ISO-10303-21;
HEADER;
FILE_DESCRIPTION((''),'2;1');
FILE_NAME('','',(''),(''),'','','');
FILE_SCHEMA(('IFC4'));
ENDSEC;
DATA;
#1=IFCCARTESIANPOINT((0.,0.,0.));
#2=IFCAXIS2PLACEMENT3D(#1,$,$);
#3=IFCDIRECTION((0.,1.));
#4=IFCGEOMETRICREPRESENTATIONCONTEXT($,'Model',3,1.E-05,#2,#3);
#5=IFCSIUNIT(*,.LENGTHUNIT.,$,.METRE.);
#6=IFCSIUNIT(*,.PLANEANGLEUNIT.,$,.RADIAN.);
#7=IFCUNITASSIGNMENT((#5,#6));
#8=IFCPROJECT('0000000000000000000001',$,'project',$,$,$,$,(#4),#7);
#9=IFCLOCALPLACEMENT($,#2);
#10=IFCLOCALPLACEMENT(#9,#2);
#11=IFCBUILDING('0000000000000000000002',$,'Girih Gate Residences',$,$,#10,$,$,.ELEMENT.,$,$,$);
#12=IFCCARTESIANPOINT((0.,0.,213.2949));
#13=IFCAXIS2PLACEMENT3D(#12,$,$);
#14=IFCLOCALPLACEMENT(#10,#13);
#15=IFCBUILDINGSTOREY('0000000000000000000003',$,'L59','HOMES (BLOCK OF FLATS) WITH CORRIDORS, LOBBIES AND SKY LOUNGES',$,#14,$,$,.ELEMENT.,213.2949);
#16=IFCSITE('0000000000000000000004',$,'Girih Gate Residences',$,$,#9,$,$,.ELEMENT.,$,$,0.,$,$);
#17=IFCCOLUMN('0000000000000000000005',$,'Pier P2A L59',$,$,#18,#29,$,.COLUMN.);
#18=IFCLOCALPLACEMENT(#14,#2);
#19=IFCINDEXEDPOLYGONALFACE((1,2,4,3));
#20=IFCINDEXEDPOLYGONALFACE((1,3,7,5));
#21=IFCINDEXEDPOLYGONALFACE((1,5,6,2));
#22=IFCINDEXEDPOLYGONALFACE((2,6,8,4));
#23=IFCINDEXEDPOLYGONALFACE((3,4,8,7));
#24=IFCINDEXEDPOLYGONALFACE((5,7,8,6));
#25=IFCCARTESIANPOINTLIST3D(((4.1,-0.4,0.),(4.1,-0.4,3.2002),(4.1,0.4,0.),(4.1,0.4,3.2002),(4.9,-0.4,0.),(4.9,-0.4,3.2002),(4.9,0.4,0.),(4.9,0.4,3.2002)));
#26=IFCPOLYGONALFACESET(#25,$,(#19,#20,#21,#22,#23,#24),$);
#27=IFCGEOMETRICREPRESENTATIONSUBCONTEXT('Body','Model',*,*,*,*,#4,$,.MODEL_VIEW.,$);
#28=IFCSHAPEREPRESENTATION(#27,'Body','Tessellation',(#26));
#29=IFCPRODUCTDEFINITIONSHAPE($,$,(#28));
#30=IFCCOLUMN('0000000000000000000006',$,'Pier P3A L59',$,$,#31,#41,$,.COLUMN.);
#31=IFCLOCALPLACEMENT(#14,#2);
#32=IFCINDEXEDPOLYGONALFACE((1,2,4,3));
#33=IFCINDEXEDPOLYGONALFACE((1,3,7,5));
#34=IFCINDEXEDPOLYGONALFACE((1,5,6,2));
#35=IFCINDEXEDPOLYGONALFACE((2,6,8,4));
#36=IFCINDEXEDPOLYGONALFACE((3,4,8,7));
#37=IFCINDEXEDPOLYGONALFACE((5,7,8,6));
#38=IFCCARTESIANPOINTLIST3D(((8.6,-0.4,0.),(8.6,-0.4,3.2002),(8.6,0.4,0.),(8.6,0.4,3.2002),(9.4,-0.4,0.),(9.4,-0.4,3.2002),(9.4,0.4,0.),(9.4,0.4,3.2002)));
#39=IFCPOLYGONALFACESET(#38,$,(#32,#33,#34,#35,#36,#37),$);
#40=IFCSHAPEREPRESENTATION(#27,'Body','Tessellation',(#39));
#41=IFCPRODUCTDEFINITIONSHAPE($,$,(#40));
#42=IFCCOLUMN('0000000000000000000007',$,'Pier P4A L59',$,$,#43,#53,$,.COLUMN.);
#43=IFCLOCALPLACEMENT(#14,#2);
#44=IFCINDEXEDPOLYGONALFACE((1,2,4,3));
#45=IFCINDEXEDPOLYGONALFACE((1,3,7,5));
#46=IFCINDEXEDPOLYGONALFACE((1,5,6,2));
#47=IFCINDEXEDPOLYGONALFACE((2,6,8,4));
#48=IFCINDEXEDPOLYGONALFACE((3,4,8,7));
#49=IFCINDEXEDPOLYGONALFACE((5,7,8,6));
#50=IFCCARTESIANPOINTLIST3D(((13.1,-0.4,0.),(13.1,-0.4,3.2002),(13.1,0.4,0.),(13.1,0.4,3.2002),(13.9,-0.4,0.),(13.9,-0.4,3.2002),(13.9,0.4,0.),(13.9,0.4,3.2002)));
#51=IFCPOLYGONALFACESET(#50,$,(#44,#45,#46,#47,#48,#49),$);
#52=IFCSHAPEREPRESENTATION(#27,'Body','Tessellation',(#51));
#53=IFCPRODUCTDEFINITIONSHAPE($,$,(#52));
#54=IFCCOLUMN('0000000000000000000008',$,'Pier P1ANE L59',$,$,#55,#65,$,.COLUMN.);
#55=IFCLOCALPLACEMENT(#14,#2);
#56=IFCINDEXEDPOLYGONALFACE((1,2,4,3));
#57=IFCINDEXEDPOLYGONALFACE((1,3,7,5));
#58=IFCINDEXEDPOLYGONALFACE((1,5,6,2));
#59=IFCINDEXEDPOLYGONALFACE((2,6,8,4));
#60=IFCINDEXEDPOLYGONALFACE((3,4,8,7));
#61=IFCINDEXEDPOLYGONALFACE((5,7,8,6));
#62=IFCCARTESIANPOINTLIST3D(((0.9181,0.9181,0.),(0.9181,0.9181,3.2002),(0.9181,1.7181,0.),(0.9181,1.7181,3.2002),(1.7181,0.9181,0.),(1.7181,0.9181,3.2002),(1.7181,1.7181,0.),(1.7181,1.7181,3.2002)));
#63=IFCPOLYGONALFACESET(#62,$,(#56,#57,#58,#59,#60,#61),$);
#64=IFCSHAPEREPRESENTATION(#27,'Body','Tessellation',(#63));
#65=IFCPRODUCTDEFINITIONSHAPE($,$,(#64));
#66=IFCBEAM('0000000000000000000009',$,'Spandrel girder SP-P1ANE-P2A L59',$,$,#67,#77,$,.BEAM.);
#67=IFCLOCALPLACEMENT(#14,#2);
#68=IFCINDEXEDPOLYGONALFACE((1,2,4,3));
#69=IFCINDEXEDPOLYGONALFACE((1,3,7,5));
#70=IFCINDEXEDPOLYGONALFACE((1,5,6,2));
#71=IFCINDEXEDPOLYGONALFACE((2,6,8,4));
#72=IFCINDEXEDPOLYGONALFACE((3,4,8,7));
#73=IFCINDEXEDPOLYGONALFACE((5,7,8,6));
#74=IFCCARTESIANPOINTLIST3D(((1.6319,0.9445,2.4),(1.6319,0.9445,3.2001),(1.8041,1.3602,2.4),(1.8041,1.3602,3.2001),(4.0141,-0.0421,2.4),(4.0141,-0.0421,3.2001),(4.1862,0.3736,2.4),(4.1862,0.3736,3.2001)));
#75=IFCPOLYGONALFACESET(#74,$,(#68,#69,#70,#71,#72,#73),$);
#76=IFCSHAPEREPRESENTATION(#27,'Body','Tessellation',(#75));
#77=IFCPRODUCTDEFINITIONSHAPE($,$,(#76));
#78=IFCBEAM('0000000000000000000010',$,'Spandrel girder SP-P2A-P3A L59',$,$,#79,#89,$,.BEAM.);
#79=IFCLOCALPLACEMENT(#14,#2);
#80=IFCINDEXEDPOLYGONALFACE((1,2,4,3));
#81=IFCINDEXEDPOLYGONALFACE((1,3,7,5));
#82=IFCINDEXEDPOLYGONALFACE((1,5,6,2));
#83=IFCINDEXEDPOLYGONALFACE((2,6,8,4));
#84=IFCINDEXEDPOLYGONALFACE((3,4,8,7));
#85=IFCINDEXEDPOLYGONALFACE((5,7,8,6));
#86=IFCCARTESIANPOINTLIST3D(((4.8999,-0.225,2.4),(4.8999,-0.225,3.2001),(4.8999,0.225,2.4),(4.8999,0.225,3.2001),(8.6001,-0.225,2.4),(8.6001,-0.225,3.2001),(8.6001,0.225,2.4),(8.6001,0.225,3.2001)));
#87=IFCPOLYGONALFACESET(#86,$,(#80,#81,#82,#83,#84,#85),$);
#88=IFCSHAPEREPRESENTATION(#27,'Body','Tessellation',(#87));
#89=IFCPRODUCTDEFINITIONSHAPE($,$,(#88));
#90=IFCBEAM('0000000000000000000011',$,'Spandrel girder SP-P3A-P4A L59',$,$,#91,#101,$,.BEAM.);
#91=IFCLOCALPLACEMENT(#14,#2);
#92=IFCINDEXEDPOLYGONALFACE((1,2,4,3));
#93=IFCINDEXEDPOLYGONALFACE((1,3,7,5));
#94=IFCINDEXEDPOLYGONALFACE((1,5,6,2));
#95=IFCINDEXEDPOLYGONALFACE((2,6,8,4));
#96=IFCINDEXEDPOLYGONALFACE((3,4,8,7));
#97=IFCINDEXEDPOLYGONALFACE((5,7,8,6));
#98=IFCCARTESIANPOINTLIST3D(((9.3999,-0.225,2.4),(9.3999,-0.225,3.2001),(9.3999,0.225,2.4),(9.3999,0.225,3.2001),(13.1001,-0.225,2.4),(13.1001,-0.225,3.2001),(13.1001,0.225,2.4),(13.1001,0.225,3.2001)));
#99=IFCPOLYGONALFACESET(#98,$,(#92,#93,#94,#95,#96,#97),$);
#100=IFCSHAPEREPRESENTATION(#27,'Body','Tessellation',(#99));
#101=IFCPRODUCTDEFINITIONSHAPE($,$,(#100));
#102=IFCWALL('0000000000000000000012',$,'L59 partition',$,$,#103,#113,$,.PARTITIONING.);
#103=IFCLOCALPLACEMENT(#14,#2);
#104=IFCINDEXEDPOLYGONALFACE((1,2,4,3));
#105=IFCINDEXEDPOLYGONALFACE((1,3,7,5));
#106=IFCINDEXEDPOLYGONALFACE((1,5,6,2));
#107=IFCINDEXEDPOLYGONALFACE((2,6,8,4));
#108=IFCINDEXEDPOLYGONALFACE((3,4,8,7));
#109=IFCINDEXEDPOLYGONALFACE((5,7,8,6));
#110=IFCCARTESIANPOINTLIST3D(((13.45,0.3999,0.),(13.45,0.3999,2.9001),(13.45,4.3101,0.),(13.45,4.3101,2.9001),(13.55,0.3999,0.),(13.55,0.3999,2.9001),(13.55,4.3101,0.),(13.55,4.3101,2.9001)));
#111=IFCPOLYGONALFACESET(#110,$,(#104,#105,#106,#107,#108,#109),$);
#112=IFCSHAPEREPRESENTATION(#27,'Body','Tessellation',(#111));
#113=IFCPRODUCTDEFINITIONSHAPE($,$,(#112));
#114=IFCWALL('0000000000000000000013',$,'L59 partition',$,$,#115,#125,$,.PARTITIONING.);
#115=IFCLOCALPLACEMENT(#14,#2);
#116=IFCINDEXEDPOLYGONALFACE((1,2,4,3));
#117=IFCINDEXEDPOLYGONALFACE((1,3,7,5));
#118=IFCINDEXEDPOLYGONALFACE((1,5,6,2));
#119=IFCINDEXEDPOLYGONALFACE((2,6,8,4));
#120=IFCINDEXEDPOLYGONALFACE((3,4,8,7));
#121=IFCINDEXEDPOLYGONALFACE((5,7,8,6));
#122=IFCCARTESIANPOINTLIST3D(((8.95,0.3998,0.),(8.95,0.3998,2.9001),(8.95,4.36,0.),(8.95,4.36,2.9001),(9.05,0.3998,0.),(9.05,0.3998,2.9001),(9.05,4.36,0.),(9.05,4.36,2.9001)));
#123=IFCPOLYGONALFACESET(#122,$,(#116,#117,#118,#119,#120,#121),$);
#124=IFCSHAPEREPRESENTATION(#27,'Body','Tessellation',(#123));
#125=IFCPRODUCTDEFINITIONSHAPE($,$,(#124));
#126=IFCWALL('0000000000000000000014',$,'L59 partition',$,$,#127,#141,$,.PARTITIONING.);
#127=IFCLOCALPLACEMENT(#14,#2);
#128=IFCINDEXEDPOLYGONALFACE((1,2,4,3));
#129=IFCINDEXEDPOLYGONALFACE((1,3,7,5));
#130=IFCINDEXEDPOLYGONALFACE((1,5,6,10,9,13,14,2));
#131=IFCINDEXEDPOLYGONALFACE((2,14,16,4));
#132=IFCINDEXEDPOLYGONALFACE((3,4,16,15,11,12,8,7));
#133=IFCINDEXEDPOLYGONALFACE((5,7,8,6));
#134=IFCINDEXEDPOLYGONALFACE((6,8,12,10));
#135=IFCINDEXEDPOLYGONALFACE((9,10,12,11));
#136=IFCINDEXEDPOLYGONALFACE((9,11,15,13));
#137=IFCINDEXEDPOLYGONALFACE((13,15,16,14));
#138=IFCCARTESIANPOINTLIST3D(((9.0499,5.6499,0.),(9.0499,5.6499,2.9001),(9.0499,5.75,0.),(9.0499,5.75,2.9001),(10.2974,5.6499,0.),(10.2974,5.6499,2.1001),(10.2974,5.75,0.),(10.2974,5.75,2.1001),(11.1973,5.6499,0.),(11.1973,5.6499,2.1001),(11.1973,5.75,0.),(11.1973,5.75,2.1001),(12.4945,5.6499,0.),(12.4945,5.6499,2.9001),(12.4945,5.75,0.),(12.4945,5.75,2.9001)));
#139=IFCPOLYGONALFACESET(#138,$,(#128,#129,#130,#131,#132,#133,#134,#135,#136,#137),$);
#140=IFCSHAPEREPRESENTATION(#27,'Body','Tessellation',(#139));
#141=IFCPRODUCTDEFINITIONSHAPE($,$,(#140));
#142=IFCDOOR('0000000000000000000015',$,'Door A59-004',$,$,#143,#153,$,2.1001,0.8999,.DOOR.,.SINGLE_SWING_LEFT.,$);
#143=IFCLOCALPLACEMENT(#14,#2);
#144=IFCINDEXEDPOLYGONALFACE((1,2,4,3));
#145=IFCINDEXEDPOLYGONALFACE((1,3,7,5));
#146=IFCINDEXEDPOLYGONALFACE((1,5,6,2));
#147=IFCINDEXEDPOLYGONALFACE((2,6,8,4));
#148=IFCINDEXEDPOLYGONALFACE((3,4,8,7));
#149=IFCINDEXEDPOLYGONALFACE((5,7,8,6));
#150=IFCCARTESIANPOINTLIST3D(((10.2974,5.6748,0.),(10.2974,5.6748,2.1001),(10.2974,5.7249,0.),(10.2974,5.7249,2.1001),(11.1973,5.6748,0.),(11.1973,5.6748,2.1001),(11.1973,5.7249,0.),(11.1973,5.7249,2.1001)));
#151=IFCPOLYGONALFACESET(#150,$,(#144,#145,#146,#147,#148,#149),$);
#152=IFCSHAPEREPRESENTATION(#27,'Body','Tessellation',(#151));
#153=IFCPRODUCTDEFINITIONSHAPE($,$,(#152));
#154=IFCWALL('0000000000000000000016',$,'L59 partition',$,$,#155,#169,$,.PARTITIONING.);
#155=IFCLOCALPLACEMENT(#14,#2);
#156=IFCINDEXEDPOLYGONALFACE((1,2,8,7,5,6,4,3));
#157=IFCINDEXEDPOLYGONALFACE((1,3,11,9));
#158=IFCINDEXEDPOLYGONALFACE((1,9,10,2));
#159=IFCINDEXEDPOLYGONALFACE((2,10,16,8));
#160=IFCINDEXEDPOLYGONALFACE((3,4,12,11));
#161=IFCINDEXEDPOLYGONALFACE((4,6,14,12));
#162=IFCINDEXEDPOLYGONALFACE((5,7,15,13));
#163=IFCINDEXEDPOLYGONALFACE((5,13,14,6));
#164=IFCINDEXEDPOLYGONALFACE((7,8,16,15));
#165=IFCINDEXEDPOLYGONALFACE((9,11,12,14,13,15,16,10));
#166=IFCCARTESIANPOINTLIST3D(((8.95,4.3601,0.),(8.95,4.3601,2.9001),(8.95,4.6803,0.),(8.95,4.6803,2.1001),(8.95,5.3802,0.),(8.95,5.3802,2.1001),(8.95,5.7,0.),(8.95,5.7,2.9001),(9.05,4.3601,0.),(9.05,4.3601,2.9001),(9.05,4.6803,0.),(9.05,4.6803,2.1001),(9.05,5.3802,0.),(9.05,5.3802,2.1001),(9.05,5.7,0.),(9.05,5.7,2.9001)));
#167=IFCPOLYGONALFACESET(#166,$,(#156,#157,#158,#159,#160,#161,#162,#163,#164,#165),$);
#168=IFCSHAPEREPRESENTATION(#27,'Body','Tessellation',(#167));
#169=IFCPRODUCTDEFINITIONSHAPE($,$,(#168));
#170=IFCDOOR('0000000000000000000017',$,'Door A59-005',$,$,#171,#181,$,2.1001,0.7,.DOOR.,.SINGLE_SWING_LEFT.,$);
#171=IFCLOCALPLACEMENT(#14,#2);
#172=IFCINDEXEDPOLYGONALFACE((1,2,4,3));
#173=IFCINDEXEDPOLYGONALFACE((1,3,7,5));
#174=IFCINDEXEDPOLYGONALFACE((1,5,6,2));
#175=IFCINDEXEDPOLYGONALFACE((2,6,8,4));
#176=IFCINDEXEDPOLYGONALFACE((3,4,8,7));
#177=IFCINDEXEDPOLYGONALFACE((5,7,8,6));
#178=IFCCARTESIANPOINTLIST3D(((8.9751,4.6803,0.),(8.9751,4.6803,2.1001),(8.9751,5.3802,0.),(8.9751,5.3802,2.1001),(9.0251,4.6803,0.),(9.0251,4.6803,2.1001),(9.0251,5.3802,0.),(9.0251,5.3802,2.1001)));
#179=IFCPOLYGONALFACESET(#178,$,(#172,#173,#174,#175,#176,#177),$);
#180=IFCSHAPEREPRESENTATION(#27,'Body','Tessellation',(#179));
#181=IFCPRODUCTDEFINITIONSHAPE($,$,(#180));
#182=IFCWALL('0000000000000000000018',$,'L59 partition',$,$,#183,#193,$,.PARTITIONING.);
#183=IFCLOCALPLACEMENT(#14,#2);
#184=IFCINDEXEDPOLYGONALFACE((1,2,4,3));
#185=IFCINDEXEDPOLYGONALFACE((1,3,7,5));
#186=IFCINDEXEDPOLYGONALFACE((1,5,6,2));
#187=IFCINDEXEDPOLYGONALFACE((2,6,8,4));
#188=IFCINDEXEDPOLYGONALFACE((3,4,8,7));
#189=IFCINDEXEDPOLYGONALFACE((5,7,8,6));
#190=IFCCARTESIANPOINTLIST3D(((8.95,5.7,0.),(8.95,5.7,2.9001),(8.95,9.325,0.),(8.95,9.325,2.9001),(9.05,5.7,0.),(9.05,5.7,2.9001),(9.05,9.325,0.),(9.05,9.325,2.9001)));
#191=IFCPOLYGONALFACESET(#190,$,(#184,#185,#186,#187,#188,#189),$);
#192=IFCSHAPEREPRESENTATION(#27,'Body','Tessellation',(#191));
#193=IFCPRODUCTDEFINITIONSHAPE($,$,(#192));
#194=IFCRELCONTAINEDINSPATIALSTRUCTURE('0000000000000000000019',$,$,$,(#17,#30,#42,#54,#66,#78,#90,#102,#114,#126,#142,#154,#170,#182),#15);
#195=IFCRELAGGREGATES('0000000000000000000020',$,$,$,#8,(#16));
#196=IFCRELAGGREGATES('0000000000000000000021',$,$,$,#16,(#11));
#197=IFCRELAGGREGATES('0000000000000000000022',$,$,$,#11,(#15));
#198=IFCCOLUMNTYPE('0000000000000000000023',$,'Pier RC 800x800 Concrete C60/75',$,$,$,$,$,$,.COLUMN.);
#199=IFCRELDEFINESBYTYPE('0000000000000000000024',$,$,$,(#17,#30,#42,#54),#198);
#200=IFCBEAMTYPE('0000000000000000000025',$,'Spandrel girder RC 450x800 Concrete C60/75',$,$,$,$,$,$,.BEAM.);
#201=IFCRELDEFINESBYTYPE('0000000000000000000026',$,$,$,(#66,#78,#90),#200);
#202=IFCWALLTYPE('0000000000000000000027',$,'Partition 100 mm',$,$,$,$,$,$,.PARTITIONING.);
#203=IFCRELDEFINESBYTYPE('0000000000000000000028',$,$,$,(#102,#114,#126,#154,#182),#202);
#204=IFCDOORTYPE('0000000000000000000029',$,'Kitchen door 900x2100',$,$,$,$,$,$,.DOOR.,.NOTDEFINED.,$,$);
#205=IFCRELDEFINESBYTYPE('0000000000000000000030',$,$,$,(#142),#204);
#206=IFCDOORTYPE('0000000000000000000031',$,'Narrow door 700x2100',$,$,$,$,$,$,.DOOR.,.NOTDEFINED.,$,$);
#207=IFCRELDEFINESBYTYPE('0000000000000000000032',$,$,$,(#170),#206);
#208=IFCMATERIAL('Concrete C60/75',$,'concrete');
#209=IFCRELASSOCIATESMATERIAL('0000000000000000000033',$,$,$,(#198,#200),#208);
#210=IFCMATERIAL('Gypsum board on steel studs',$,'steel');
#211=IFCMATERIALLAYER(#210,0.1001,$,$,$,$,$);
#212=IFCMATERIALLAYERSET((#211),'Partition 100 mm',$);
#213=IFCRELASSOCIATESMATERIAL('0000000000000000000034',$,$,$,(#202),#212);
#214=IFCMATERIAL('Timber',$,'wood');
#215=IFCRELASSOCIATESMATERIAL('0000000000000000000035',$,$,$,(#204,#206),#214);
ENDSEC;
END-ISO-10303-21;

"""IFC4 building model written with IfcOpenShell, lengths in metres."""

from ifc_helpers import new_model, si_unit, direction, frame, frame_2d, origin, origin_2d, place, context, subcontext, project, spatial, rectangle, extrude, material, layer, layer_set, material_profile, profile_set, type_object, element, fill, save


model = new_model("IFC4")

# Units and contexts
model_context = context("Model", 3, precision=1e-05, world=origin(), true_north=direction((0.0, 1.0)))
body_context = subcontext(model_context, "Body", "Model", "MODEL_VIEW")
ifc_project = project(units=[si_unit("LENGTHUNIT", "METRE"), si_unit("PLANEANGLEUNIT", "RADIAN")], contexts=[model_context])

# Site, building, storey
site_placement = place(None, origin())
site = spatial("IfcSite", under=ifc_project, at=site_placement, Name="Girih Gate Residences", CompositionType="ELEMENT", RefElevation=0.0)
building_placement = place(site_placement, origin())
building = spatial("IfcBuilding", under=site, at=building_placement, Name="Girih Gate Residences", CompositionType="ELEMENT")
storey_placement = place(building_placement, frame((0.0, 0.0, 213.2949)))
storey = spatial("IfcBuildingStorey", under=building, at=storey_placement, Name="L59", Description="HOMES (BLOCK OF FLATS) WITH CORRIDORS, LOBBIES AND SKY LOUNGES", CompositionType="ELEMENT", Elevation=213.2949)

# Columns
ifc_material_1 = material(Name="Concrete C60/75", Category="concrete")
ifc_material_profile_1 = material_profile(ifc_material_1, rectangle(XDim=0.8, YDim=0.8, at=origin_2d()))
ifc_profile_set_1 = profile_set([ifc_material_profile_1], Name="Concrete C60/75")
column_type = type_object("IfcColumnType", Name="Pier RC 800x800 Concrete C60/75", PredefinedType="COLUMN", material=ifc_profile_set_1)
for number, where, z_axis, x_axis, name in (
    (1, (4.5, 0.0, 0.0), (0.0, 0.0, 1.0), (1.0, 0.0, 0.0), "Pier P2A L59"),
    (2, (9.0, 0.0, 0.0), (0.0, 0.0, 1.0), (1.0, 0.0, 0.0), "Pier P3A L59"),
    (3, (13.5, 0.0, 0.0), (0.0, 0.0, 1.0), (1.0, 0.0, 0.0), "Pier P4A L59"),
    (4, (1.3181, 1.3181, 0.0), (0.0, 0.0, 1.0), (1.0, 0.0, 0.0), "Pier P1ANE L59"),
):
    element("IfcColumn", number, at=place(storey_placement, frame(where, z_axis=z_axis, x_axis=x_axis)), inside=storey, type_object=column_type, Name=name, PredefinedType="COLUMN", context=body_context, shape_type="SweptSolid", body=[
        extrude(rectangle(XDim=0.8, YDim=0.8, at=origin_2d()), origin(), (0.0, 0.0, 1.0), 3.2002),
    ])

# Beams
ifc_material_profile_2 = material_profile(ifc_material_1, rectangle(XDim=0.45, YDim=0.8, at=origin_2d()))
ifc_profile_set_2 = profile_set([ifc_material_profile_2], Name="Concrete C60/75")
beam_type = type_object("IfcBeamType", Name="Spandrel girder RC 450x800 Concrete C60/75", PredefinedType="BEAM", material=ifc_profile_set_2)
beam_placement = place(storey_placement, frame((1.718, 1.1523, 2.8), z_axis=(0.923896, -0.382644, 0.0), x_axis=(0.382644, 0.923896, 0.0)))
element("IfcBeam", 5, at=beam_placement, inside=storey, type_object=beam_type, Name="Spandrel girder SP-P1ANE-P2A L59", PredefinedType="BEAM", context=body_context, shape_type="SweptSolid", body=[
    extrude(rectangle(XDim=0.45, YDim=0.8, at=origin_2d()), origin(), (0.0, 0.0, 1.0), 2.5784),
])
for number, where, z_axis, x_axis, name in (
    (6, (4.8999, 0.0, 2.8), (1.0, 0.0, 0.0), (0.0, 1.0, 0.0), "Spandrel girder SP-P2A-P3A L59"),
    (7, (9.3999, 0.0, 2.8), (1.0, 0.0, 0.0), (0.0, 1.0, 0.0), "Spandrel girder SP-P3A-P4A L59"),
):
    element("IfcBeam", number, at=place(storey_placement, frame(where, z_axis=z_axis, x_axis=x_axis)), inside=storey, type_object=beam_type, Name=name, PredefinedType="BEAM", context=body_context, shape_type="SweptSolid", body=[
        extrude(rectangle(XDim=0.45, YDim=0.8, at=origin_2d()), origin(), (0.0, 0.0, 1.0), 3.7002),
    ])

# Walls
ifc_material_2 = material(Name="Gypsum board on steel studs", Category="steel")
ifc_layer_1 = layer(ifc_material_2, 0.1001)
ifc_layer_set_1 = layer_set([ifc_layer_1], Name="Partition 100 mm")
wall_type_1 = type_object("IfcWallType", Name="Partition 100 mm", PredefinedType="PARTITIONING", material=ifc_layer_set_1)
wall_1_placement = place(storey_placement, frame((13.5, 0.3999, 0.0), z_axis=(0.0, 0.0, 1.0), x_axis=(0.0, 1.0, 0.0)))
element("IfcWall", 8, at=wall_1_placement, inside=storey, type_object=wall_type_1, Name="L59 partition", PredefinedType="PARTITIONING", context=body_context, shape_type="SweptSolid", body=[
    extrude(rectangle(XDim=3.9102, YDim=0.1001, at=frame_2d((1.9551, 0.0))), origin(), (0.0, 0.0, 1.0), 2.9001),
])
wall_2_placement = place(storey_placement, frame((9.0, 0.3999, 0.0), z_axis=(0.0, 0.0, 1.0), x_axis=(0.0, 1.0, 0.0)))
element("IfcWall", 9, at=wall_2_placement, inside=storey, type_object=wall_type_1, Name="L59 partition", PredefinedType="PARTITIONING", context=body_context, shape_type="SweptSolid", body=[
    extrude(rectangle(XDim=3.9602, YDim=0.1001, at=frame_2d((1.98, 0.0))), origin(), (0.0, 0.0, 1.0), 2.9001),
])

# Walls, openings, doors
wall_3_placement = place(storey_placement, frame((9.05, 5.7, 0.0), z_axis=(0.0, 0.0, 1.0), x_axis=(1.0, 0.0, 0.0)))
wall_3 = element("IfcWall", 10, at=wall_3_placement, inside=storey, type_object=wall_type_1, Name="L59 partition", PredefinedType="PARTITIONING", context=body_context, shape_type="SweptSolid", body=[
    extrude(rectangle(XDim=3.4446, YDim=0.1001, at=frame_2d((1.7222, 0.0))), origin(), (0.0, 0.0, 1.0), 2.9001),
])
opening_1_placement = place(wall_3_placement, frame((1.2473, 0.0, 0.0)))
opening_1 = element("IfcOpeningElement", 11, at=opening_1_placement, cuts=wall_3, PredefinedType="OPENING", context=body_context, shape_type="SweptSolid", body=[
    extrude(rectangle(XDim=0.8999, YDim=2.1001, at=frame_2d((0.45, 1.05))), frame((0.0, 0.0601, 0.0), z_axis=(0.0, -1.0, 0.0), x_axis=(1.0, 0.0, 0.0)), (0.0, 0.0, 1.0), 0.1201),
])
ifc_material_3 = material(Name="Timber", Category="wood")
door_type_1 = type_object("IfcDoorType", Name="Kitchen door 900x2100", OperationType="NOTDEFINED", PredefinedType="DOOR", material=ifc_material_3)
door_1_placement = place(opening_1_placement, origin())
door_1 = element("IfcDoor", 12, at=door_1_placement, inside=storey, type_object=door_type_1, Name="Door A59-004", OperationType="SINGLE_SWING_LEFT", OverallHeight=2.1001, OverallWidth=0.8999, PredefinedType="DOOR", context=body_context, shape_type="SweptSolid", body=[
    extrude(rectangle(XDim=0.8999, YDim=2.1001, at=frame_2d((0.45, 1.05))), frame((0.0, 0.0249, 0.0), z_axis=(0.0, -1.0, 0.0), x_axis=(1.0, 0.0, 0.0)), (0.0, 0.0, 1.0), 0.05),
])
fill(opening_1, door_1)
wall_4_placement = place(storey_placement, frame((9.0, 4.3601, 0.0), z_axis=(0.0, 0.0, 1.0), x_axis=(0.0, 1.0, 0.0)))
wall_4 = element("IfcWall", 13, at=wall_4_placement, inside=storey, type_object=wall_type_1, Name="L59 partition", PredefinedType="PARTITIONING", context=body_context, shape_type="SweptSolid", body=[
    extrude(rectangle(XDim=1.3398, YDim=0.1001, at=frame_2d((0.6699, 0.0))), origin(), (0.0, 0.0, 1.0), 2.9001),
])
opening_2_placement = place(wall_4_placement, frame((0.3201, 0.0, 0.0)))
opening_2 = element("IfcOpeningElement", 14, at=opening_2_placement, cuts=wall_4, PredefinedType="OPENING", context=body_context, shape_type="SweptSolid", body=[
    extrude(rectangle(XDim=0.7, YDim=2.1001, at=frame_2d((0.3501, 1.05))), frame((0.0, 0.0601, 0.0), z_axis=(0.0, -1.0, 0.0), x_axis=(1.0, 0.0, 0.0)), (0.0, 0.0, 1.0), 0.1201),
])
door_type_2 = type_object("IfcDoorType", Name="Narrow door 700x2100", OperationType="NOTDEFINED", PredefinedType="DOOR", material=ifc_material_3)
door_2_placement = place(opening_2_placement, origin())
door_2 = element("IfcDoor", 15, at=door_2_placement, inside=storey, type_object=door_type_2, Name="Door A59-005", OperationType="SINGLE_SWING_LEFT", OverallHeight=2.1001, OverallWidth=0.7, PredefinedType="DOOR", context=body_context, shape_type="SweptSolid", body=[
    extrude(rectangle(XDim=0.7, YDim=2.1001, at=frame_2d((0.3501, 1.05))), frame((0.0, 0.0249, 0.0), z_axis=(0.0, -1.0, 0.0), x_axis=(1.0, 0.0, 0.0)), (0.0, 0.0, 1.0), 0.05),
])
fill(opening_2, door_2)

# Wall
wall_5_placement = place(storey_placement, frame((9.0, 5.7, 0.0), z_axis=(0.0, 0.0, 1.0), x_axis=(0.0, 1.0, 0.0)))
element("IfcWall", 16, at=wall_5_placement, inside=storey, type_object=wall_type_1, Name="L59 partition", PredefinedType="PARTITIONING", context=body_context, shape_type="SweptSolid", body=[
    extrude(rectangle(XDim=3.625, YDim=0.1001, at=frame_2d((1.8125, 0.0))), origin(), (0.0, 0.0, 1.0), 2.9001),
])

save(model, "model.ifc")
